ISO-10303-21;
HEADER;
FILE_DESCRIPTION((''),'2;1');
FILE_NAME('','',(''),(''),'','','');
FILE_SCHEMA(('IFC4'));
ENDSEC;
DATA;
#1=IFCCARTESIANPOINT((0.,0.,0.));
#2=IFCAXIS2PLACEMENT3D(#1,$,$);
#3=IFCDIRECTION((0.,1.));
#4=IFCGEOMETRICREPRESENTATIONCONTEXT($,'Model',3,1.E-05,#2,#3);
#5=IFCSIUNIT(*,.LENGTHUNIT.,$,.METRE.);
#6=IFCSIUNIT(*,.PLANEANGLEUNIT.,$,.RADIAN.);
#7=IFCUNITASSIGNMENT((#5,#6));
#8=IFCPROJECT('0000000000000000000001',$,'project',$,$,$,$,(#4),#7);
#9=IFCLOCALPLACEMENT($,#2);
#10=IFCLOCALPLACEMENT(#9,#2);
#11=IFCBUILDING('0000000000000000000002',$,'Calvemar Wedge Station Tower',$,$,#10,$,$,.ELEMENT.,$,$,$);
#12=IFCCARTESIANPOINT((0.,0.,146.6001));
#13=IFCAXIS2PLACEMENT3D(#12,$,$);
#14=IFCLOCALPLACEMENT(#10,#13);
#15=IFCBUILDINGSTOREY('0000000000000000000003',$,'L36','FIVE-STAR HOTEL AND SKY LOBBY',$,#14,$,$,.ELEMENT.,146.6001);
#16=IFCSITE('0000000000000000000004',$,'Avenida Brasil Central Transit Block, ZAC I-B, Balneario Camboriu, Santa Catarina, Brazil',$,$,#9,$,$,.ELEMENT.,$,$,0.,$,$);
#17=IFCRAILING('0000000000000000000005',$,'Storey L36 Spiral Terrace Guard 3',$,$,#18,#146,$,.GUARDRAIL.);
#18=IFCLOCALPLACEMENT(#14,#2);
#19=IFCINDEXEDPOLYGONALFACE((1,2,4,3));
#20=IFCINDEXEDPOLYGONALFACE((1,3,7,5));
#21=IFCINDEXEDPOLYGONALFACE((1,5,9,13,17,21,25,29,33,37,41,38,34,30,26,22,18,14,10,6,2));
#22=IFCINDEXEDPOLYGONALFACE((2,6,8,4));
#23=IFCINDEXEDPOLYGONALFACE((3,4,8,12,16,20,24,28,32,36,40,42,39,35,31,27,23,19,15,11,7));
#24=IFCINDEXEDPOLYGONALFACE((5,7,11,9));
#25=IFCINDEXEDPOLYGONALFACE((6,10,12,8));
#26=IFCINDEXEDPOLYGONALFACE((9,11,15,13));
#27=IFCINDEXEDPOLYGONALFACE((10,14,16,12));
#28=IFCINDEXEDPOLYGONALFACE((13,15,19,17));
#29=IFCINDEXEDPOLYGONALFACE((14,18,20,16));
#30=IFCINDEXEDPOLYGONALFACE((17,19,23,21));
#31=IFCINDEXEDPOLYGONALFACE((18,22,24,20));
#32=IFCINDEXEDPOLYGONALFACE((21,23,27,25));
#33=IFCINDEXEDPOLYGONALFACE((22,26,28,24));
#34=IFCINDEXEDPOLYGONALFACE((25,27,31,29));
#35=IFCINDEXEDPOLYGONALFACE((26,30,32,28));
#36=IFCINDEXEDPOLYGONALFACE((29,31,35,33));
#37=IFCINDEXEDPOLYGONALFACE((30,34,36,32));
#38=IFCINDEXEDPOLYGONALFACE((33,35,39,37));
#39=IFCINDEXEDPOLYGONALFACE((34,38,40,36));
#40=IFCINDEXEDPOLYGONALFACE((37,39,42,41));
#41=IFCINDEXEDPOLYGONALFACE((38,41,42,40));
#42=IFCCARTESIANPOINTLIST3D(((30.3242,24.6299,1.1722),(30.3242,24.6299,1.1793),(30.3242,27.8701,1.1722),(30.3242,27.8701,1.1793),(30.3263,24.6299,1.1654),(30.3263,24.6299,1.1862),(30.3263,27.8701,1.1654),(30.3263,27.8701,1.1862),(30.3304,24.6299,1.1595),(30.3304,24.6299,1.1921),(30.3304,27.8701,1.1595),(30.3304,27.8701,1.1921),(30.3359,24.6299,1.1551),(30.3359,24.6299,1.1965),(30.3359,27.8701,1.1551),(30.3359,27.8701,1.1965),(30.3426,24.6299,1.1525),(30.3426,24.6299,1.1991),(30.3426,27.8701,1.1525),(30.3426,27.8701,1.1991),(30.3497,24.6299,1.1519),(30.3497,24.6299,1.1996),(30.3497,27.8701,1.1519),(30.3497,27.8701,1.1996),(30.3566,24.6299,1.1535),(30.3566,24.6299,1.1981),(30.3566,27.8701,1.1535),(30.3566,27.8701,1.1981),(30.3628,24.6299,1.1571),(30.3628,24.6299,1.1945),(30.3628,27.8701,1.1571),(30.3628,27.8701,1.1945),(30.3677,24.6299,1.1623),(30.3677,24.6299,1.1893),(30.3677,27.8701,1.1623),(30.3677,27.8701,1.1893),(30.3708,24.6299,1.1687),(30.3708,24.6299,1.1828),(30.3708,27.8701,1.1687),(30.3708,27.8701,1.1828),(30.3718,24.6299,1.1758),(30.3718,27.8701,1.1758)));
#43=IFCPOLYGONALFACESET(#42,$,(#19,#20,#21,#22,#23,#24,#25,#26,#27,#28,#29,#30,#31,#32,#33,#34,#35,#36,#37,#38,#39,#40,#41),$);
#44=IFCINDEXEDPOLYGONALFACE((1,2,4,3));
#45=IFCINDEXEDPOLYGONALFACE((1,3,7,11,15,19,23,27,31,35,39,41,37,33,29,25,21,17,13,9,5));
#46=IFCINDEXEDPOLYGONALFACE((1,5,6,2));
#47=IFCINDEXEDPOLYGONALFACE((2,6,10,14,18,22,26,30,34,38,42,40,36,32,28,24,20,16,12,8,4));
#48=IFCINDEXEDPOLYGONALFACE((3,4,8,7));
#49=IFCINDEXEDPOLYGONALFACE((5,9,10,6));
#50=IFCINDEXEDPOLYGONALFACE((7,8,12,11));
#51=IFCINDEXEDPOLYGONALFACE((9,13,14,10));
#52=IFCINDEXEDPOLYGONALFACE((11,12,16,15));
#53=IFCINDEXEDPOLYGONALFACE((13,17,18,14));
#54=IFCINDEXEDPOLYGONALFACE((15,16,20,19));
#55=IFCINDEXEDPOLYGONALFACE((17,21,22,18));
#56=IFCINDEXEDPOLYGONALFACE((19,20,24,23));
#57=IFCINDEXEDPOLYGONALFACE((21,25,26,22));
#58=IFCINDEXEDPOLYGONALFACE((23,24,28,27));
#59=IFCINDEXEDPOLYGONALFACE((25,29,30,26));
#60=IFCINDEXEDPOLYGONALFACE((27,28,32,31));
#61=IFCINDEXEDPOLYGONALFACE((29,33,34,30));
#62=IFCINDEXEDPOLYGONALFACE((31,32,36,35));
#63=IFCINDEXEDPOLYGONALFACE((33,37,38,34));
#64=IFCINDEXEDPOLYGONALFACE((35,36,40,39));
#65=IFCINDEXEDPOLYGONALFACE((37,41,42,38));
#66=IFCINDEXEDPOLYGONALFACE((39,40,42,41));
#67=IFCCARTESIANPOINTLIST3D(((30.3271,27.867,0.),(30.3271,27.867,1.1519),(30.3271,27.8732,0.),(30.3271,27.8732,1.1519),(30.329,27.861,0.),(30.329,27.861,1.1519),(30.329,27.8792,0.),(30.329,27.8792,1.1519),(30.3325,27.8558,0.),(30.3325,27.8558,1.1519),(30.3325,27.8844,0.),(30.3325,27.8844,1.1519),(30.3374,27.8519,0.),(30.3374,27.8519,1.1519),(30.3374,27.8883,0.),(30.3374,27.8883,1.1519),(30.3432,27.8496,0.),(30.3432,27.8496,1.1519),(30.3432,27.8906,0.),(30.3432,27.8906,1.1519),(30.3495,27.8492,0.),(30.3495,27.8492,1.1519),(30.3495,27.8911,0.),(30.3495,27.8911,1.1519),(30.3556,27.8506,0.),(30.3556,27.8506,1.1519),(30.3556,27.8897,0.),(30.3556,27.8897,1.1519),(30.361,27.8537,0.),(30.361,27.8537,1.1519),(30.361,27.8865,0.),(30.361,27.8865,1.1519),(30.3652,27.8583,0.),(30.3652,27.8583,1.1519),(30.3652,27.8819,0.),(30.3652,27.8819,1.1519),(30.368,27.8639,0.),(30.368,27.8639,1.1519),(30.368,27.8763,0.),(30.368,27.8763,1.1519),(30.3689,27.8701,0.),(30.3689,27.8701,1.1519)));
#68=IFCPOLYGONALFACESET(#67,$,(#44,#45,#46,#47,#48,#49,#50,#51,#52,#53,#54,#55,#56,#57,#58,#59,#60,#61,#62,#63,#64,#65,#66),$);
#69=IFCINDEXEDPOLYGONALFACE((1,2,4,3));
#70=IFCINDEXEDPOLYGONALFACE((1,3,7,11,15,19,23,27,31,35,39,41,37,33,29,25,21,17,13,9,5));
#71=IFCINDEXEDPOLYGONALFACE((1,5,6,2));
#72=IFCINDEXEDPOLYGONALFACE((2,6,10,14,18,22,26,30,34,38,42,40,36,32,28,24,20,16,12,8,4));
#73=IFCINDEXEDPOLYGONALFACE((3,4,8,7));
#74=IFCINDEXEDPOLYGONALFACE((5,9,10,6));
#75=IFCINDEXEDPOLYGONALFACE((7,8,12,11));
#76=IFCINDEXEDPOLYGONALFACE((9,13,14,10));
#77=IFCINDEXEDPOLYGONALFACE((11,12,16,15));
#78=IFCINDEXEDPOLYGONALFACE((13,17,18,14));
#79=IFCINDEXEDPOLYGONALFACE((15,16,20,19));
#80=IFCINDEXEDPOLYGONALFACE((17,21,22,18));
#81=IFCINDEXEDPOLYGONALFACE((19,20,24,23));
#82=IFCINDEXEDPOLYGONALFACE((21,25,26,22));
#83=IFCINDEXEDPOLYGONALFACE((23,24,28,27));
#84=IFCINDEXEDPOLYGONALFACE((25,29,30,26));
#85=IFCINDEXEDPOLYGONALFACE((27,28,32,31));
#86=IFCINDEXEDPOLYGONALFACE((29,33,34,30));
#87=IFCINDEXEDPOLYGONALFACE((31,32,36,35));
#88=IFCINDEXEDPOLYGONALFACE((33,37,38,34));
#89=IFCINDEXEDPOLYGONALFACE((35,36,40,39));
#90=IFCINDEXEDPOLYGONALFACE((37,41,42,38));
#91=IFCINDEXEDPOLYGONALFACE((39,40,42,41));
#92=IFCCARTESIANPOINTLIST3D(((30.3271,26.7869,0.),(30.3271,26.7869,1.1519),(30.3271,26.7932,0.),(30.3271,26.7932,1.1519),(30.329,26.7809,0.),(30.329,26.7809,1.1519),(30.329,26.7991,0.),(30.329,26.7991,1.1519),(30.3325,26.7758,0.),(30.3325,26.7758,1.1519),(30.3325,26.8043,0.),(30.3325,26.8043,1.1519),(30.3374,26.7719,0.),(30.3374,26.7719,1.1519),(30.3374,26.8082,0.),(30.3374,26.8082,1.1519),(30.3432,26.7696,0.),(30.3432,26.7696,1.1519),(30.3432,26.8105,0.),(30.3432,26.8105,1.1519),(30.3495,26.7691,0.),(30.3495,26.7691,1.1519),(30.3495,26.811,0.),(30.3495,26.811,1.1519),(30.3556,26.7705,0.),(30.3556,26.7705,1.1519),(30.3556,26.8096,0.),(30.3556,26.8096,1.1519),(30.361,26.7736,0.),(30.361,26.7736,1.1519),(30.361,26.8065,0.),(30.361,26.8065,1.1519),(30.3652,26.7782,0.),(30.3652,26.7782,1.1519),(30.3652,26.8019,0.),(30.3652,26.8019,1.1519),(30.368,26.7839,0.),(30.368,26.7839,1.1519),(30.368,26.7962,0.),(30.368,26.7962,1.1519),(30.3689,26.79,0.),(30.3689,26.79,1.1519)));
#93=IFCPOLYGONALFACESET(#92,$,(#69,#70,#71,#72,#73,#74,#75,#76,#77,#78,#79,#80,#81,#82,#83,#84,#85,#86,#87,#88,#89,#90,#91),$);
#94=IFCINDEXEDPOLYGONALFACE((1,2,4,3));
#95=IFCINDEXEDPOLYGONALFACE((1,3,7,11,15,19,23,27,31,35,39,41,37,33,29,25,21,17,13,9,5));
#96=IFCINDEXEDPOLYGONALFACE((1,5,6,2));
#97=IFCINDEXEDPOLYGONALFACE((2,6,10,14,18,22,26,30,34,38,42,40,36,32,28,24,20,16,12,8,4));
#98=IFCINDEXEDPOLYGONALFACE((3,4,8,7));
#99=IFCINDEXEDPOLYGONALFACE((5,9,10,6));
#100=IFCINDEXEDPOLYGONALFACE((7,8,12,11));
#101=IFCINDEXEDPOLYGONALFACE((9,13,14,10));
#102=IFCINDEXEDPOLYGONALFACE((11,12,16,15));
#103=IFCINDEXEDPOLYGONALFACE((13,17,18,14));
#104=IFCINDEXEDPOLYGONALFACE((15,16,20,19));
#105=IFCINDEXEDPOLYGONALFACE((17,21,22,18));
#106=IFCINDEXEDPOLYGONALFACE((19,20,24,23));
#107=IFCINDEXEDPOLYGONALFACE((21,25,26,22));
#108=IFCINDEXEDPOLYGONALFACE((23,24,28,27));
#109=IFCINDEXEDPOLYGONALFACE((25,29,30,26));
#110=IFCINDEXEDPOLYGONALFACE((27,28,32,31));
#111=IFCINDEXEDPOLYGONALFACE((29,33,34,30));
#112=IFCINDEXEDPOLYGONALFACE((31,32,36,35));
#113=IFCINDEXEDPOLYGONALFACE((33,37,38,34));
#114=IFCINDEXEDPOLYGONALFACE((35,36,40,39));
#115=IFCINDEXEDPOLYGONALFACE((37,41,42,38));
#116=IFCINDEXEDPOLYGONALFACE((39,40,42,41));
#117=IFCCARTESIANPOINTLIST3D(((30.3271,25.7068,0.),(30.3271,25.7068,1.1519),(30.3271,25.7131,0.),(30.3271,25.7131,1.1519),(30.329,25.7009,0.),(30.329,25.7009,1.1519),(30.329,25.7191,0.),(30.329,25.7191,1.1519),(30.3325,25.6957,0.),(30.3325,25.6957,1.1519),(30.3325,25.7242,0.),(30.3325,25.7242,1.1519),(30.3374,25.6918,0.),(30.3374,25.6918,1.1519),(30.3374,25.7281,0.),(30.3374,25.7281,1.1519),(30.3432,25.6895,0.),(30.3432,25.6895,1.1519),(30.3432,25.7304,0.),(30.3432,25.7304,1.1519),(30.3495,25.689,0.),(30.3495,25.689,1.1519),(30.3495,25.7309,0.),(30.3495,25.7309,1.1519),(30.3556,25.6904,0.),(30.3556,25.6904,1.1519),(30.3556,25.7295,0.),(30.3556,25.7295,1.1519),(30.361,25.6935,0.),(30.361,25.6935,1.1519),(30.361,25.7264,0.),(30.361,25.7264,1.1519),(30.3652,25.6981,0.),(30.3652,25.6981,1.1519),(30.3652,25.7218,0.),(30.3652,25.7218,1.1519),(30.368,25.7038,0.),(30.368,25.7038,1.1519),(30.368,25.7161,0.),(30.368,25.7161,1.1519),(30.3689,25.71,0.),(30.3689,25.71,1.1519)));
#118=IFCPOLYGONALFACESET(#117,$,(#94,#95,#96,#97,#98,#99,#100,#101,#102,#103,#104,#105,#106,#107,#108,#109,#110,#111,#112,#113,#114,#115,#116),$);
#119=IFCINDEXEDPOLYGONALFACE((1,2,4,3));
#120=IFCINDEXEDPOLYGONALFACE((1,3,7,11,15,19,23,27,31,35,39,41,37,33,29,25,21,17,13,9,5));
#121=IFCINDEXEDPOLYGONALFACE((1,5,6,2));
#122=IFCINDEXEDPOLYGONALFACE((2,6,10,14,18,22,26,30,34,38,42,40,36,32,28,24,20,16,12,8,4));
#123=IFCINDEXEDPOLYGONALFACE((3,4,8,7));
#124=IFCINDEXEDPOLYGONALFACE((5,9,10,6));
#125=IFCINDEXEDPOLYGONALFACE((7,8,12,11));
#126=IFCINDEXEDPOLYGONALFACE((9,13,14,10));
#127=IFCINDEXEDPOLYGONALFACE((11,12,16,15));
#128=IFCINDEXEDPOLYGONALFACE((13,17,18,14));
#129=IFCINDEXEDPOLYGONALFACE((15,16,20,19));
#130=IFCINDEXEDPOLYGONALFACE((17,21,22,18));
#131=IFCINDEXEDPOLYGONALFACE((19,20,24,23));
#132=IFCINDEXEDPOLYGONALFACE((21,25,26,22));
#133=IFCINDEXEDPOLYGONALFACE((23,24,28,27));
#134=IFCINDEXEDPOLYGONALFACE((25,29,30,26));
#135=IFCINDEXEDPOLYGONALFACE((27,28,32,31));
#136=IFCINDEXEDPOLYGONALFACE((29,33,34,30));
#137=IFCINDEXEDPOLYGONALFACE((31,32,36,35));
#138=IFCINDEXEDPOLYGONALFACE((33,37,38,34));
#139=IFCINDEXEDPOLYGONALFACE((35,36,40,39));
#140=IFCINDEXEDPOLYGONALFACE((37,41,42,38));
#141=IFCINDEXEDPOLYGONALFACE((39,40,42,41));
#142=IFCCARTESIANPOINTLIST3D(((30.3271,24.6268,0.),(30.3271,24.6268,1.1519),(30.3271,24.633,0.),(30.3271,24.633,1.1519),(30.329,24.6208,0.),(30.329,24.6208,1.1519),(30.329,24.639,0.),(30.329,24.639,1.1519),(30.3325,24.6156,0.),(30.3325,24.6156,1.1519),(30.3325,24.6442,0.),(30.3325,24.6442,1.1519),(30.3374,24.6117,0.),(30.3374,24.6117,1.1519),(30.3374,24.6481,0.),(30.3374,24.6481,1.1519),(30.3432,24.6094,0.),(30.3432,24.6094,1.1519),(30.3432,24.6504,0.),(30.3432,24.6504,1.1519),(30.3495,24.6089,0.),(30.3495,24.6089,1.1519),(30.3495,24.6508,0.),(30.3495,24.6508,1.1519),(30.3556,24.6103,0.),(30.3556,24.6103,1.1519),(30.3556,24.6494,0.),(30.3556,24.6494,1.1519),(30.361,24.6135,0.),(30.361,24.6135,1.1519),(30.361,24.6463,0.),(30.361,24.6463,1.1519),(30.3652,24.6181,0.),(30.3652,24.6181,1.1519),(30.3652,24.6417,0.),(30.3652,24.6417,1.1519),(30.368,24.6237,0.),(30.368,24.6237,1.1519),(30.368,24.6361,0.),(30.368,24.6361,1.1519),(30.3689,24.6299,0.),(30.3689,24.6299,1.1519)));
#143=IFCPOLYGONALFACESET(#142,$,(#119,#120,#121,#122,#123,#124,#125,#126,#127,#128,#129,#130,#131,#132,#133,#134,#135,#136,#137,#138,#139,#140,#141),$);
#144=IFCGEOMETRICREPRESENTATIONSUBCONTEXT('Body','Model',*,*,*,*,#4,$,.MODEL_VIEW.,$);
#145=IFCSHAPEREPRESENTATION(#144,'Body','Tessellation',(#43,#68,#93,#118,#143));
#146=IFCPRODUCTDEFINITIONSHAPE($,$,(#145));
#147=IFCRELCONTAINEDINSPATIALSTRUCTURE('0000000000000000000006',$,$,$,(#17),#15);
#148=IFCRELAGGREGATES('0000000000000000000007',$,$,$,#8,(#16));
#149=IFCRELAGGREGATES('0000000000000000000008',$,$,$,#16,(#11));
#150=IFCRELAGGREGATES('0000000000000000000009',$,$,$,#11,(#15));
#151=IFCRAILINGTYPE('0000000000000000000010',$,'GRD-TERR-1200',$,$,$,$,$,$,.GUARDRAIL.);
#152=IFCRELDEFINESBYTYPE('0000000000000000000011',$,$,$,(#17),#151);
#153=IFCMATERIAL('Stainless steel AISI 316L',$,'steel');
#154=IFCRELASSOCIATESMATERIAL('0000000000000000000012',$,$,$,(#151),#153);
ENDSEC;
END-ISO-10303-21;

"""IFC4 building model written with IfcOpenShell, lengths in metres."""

from ifc_helpers import new_model, si_unit, direction, frame, origin, origin_2d, place, context, subcontext, project, spatial, circle, extrude, material, type_object, element, save


model = new_model("IFC4")

# Units and contexts
model_context = context("Model", 3, precision=1e-05, world=origin(), true_north=direction((0.0, 1.0)))
body_context = subcontext(model_context, "Body", "Model", "MODEL_VIEW")
ifc_project = project(units=[si_unit("LENGTHUNIT", "METRE"), si_unit("PLANEANGLEUNIT", "RADIAN")], contexts=[model_context])

# Site, building, storey
site_placement = place(None, origin())
site = spatial("IfcSite", under=ifc_project, at=site_placement, Name="Avenida Brasil Central Transit Block, ZAC I-B, Balneario Camboriu, Santa Catarina, Brazil", CompositionType="ELEMENT", RefElevation=0.0)
building_placement = place(site_placement, origin())
building = spatial("IfcBuilding", under=site, at=building_placement, Name="Calvemar Wedge Station Tower", CompositionType="ELEMENT")
storey_placement = place(building_placement, frame((0.0, 0.0, 146.6001)))
storey = spatial("IfcBuildingStorey", under=building, at=storey_placement, Name="L36", Description="FIVE-STAR HOTEL AND SKY LOBBY", CompositionType="ELEMENT", Elevation=146.6001)

# Railing
ifc_material_1 = material(Name="Stainless steel AISI 316L", Category="steel")
railing_type_1 = type_object("IfcRailingType", Name="GRD-TERR-1200", PredefinedType="GUARDRAIL", material=ifc_material_1)
railing_1_placement = place(storey_placement, frame((30.3479, 27.8701, 0.0)))
element("IfcRailing", 1, at=railing_1_placement, inside=storey, type_object=railing_type_1, Name="Storey L36 Spiral Terrace Guard 3", PredefinedType="GUARDRAIL", context=body_context, shape_type="SweptSolid", body=[
    extrude(circle(Radius=0.0239, at=origin_2d()), frame((0.0, 0.0, 1.1758), z_axis=(0.0, -1.0, 0.0), x_axis=(1.0, 0.0, 0.0)), (0.0, 0.0, 1.0), 3.2402),
    extrude(circle(Radius=0.021, at=origin_2d()), origin(), (0.0, 0.0, 1.0), 1.1519),
    extrude(circle(Radius=0.021, at=origin_2d()), frame((0.0, -1.0801, 0.0)), (0.0, 0.0, 1.0), 1.1519),
    extrude(circle(Radius=0.021, at=origin_2d()), frame((0.0, -2.1602, 0.0)), (0.0, 0.0, 1.0), 1.1519),
    extrude(circle(Radius=0.021, at=origin_2d()), frame((0.0, -3.2402, 0.0)), (0.0, 0.0, 1.0), 1.1519),
])

save(model, "model.ifc")
